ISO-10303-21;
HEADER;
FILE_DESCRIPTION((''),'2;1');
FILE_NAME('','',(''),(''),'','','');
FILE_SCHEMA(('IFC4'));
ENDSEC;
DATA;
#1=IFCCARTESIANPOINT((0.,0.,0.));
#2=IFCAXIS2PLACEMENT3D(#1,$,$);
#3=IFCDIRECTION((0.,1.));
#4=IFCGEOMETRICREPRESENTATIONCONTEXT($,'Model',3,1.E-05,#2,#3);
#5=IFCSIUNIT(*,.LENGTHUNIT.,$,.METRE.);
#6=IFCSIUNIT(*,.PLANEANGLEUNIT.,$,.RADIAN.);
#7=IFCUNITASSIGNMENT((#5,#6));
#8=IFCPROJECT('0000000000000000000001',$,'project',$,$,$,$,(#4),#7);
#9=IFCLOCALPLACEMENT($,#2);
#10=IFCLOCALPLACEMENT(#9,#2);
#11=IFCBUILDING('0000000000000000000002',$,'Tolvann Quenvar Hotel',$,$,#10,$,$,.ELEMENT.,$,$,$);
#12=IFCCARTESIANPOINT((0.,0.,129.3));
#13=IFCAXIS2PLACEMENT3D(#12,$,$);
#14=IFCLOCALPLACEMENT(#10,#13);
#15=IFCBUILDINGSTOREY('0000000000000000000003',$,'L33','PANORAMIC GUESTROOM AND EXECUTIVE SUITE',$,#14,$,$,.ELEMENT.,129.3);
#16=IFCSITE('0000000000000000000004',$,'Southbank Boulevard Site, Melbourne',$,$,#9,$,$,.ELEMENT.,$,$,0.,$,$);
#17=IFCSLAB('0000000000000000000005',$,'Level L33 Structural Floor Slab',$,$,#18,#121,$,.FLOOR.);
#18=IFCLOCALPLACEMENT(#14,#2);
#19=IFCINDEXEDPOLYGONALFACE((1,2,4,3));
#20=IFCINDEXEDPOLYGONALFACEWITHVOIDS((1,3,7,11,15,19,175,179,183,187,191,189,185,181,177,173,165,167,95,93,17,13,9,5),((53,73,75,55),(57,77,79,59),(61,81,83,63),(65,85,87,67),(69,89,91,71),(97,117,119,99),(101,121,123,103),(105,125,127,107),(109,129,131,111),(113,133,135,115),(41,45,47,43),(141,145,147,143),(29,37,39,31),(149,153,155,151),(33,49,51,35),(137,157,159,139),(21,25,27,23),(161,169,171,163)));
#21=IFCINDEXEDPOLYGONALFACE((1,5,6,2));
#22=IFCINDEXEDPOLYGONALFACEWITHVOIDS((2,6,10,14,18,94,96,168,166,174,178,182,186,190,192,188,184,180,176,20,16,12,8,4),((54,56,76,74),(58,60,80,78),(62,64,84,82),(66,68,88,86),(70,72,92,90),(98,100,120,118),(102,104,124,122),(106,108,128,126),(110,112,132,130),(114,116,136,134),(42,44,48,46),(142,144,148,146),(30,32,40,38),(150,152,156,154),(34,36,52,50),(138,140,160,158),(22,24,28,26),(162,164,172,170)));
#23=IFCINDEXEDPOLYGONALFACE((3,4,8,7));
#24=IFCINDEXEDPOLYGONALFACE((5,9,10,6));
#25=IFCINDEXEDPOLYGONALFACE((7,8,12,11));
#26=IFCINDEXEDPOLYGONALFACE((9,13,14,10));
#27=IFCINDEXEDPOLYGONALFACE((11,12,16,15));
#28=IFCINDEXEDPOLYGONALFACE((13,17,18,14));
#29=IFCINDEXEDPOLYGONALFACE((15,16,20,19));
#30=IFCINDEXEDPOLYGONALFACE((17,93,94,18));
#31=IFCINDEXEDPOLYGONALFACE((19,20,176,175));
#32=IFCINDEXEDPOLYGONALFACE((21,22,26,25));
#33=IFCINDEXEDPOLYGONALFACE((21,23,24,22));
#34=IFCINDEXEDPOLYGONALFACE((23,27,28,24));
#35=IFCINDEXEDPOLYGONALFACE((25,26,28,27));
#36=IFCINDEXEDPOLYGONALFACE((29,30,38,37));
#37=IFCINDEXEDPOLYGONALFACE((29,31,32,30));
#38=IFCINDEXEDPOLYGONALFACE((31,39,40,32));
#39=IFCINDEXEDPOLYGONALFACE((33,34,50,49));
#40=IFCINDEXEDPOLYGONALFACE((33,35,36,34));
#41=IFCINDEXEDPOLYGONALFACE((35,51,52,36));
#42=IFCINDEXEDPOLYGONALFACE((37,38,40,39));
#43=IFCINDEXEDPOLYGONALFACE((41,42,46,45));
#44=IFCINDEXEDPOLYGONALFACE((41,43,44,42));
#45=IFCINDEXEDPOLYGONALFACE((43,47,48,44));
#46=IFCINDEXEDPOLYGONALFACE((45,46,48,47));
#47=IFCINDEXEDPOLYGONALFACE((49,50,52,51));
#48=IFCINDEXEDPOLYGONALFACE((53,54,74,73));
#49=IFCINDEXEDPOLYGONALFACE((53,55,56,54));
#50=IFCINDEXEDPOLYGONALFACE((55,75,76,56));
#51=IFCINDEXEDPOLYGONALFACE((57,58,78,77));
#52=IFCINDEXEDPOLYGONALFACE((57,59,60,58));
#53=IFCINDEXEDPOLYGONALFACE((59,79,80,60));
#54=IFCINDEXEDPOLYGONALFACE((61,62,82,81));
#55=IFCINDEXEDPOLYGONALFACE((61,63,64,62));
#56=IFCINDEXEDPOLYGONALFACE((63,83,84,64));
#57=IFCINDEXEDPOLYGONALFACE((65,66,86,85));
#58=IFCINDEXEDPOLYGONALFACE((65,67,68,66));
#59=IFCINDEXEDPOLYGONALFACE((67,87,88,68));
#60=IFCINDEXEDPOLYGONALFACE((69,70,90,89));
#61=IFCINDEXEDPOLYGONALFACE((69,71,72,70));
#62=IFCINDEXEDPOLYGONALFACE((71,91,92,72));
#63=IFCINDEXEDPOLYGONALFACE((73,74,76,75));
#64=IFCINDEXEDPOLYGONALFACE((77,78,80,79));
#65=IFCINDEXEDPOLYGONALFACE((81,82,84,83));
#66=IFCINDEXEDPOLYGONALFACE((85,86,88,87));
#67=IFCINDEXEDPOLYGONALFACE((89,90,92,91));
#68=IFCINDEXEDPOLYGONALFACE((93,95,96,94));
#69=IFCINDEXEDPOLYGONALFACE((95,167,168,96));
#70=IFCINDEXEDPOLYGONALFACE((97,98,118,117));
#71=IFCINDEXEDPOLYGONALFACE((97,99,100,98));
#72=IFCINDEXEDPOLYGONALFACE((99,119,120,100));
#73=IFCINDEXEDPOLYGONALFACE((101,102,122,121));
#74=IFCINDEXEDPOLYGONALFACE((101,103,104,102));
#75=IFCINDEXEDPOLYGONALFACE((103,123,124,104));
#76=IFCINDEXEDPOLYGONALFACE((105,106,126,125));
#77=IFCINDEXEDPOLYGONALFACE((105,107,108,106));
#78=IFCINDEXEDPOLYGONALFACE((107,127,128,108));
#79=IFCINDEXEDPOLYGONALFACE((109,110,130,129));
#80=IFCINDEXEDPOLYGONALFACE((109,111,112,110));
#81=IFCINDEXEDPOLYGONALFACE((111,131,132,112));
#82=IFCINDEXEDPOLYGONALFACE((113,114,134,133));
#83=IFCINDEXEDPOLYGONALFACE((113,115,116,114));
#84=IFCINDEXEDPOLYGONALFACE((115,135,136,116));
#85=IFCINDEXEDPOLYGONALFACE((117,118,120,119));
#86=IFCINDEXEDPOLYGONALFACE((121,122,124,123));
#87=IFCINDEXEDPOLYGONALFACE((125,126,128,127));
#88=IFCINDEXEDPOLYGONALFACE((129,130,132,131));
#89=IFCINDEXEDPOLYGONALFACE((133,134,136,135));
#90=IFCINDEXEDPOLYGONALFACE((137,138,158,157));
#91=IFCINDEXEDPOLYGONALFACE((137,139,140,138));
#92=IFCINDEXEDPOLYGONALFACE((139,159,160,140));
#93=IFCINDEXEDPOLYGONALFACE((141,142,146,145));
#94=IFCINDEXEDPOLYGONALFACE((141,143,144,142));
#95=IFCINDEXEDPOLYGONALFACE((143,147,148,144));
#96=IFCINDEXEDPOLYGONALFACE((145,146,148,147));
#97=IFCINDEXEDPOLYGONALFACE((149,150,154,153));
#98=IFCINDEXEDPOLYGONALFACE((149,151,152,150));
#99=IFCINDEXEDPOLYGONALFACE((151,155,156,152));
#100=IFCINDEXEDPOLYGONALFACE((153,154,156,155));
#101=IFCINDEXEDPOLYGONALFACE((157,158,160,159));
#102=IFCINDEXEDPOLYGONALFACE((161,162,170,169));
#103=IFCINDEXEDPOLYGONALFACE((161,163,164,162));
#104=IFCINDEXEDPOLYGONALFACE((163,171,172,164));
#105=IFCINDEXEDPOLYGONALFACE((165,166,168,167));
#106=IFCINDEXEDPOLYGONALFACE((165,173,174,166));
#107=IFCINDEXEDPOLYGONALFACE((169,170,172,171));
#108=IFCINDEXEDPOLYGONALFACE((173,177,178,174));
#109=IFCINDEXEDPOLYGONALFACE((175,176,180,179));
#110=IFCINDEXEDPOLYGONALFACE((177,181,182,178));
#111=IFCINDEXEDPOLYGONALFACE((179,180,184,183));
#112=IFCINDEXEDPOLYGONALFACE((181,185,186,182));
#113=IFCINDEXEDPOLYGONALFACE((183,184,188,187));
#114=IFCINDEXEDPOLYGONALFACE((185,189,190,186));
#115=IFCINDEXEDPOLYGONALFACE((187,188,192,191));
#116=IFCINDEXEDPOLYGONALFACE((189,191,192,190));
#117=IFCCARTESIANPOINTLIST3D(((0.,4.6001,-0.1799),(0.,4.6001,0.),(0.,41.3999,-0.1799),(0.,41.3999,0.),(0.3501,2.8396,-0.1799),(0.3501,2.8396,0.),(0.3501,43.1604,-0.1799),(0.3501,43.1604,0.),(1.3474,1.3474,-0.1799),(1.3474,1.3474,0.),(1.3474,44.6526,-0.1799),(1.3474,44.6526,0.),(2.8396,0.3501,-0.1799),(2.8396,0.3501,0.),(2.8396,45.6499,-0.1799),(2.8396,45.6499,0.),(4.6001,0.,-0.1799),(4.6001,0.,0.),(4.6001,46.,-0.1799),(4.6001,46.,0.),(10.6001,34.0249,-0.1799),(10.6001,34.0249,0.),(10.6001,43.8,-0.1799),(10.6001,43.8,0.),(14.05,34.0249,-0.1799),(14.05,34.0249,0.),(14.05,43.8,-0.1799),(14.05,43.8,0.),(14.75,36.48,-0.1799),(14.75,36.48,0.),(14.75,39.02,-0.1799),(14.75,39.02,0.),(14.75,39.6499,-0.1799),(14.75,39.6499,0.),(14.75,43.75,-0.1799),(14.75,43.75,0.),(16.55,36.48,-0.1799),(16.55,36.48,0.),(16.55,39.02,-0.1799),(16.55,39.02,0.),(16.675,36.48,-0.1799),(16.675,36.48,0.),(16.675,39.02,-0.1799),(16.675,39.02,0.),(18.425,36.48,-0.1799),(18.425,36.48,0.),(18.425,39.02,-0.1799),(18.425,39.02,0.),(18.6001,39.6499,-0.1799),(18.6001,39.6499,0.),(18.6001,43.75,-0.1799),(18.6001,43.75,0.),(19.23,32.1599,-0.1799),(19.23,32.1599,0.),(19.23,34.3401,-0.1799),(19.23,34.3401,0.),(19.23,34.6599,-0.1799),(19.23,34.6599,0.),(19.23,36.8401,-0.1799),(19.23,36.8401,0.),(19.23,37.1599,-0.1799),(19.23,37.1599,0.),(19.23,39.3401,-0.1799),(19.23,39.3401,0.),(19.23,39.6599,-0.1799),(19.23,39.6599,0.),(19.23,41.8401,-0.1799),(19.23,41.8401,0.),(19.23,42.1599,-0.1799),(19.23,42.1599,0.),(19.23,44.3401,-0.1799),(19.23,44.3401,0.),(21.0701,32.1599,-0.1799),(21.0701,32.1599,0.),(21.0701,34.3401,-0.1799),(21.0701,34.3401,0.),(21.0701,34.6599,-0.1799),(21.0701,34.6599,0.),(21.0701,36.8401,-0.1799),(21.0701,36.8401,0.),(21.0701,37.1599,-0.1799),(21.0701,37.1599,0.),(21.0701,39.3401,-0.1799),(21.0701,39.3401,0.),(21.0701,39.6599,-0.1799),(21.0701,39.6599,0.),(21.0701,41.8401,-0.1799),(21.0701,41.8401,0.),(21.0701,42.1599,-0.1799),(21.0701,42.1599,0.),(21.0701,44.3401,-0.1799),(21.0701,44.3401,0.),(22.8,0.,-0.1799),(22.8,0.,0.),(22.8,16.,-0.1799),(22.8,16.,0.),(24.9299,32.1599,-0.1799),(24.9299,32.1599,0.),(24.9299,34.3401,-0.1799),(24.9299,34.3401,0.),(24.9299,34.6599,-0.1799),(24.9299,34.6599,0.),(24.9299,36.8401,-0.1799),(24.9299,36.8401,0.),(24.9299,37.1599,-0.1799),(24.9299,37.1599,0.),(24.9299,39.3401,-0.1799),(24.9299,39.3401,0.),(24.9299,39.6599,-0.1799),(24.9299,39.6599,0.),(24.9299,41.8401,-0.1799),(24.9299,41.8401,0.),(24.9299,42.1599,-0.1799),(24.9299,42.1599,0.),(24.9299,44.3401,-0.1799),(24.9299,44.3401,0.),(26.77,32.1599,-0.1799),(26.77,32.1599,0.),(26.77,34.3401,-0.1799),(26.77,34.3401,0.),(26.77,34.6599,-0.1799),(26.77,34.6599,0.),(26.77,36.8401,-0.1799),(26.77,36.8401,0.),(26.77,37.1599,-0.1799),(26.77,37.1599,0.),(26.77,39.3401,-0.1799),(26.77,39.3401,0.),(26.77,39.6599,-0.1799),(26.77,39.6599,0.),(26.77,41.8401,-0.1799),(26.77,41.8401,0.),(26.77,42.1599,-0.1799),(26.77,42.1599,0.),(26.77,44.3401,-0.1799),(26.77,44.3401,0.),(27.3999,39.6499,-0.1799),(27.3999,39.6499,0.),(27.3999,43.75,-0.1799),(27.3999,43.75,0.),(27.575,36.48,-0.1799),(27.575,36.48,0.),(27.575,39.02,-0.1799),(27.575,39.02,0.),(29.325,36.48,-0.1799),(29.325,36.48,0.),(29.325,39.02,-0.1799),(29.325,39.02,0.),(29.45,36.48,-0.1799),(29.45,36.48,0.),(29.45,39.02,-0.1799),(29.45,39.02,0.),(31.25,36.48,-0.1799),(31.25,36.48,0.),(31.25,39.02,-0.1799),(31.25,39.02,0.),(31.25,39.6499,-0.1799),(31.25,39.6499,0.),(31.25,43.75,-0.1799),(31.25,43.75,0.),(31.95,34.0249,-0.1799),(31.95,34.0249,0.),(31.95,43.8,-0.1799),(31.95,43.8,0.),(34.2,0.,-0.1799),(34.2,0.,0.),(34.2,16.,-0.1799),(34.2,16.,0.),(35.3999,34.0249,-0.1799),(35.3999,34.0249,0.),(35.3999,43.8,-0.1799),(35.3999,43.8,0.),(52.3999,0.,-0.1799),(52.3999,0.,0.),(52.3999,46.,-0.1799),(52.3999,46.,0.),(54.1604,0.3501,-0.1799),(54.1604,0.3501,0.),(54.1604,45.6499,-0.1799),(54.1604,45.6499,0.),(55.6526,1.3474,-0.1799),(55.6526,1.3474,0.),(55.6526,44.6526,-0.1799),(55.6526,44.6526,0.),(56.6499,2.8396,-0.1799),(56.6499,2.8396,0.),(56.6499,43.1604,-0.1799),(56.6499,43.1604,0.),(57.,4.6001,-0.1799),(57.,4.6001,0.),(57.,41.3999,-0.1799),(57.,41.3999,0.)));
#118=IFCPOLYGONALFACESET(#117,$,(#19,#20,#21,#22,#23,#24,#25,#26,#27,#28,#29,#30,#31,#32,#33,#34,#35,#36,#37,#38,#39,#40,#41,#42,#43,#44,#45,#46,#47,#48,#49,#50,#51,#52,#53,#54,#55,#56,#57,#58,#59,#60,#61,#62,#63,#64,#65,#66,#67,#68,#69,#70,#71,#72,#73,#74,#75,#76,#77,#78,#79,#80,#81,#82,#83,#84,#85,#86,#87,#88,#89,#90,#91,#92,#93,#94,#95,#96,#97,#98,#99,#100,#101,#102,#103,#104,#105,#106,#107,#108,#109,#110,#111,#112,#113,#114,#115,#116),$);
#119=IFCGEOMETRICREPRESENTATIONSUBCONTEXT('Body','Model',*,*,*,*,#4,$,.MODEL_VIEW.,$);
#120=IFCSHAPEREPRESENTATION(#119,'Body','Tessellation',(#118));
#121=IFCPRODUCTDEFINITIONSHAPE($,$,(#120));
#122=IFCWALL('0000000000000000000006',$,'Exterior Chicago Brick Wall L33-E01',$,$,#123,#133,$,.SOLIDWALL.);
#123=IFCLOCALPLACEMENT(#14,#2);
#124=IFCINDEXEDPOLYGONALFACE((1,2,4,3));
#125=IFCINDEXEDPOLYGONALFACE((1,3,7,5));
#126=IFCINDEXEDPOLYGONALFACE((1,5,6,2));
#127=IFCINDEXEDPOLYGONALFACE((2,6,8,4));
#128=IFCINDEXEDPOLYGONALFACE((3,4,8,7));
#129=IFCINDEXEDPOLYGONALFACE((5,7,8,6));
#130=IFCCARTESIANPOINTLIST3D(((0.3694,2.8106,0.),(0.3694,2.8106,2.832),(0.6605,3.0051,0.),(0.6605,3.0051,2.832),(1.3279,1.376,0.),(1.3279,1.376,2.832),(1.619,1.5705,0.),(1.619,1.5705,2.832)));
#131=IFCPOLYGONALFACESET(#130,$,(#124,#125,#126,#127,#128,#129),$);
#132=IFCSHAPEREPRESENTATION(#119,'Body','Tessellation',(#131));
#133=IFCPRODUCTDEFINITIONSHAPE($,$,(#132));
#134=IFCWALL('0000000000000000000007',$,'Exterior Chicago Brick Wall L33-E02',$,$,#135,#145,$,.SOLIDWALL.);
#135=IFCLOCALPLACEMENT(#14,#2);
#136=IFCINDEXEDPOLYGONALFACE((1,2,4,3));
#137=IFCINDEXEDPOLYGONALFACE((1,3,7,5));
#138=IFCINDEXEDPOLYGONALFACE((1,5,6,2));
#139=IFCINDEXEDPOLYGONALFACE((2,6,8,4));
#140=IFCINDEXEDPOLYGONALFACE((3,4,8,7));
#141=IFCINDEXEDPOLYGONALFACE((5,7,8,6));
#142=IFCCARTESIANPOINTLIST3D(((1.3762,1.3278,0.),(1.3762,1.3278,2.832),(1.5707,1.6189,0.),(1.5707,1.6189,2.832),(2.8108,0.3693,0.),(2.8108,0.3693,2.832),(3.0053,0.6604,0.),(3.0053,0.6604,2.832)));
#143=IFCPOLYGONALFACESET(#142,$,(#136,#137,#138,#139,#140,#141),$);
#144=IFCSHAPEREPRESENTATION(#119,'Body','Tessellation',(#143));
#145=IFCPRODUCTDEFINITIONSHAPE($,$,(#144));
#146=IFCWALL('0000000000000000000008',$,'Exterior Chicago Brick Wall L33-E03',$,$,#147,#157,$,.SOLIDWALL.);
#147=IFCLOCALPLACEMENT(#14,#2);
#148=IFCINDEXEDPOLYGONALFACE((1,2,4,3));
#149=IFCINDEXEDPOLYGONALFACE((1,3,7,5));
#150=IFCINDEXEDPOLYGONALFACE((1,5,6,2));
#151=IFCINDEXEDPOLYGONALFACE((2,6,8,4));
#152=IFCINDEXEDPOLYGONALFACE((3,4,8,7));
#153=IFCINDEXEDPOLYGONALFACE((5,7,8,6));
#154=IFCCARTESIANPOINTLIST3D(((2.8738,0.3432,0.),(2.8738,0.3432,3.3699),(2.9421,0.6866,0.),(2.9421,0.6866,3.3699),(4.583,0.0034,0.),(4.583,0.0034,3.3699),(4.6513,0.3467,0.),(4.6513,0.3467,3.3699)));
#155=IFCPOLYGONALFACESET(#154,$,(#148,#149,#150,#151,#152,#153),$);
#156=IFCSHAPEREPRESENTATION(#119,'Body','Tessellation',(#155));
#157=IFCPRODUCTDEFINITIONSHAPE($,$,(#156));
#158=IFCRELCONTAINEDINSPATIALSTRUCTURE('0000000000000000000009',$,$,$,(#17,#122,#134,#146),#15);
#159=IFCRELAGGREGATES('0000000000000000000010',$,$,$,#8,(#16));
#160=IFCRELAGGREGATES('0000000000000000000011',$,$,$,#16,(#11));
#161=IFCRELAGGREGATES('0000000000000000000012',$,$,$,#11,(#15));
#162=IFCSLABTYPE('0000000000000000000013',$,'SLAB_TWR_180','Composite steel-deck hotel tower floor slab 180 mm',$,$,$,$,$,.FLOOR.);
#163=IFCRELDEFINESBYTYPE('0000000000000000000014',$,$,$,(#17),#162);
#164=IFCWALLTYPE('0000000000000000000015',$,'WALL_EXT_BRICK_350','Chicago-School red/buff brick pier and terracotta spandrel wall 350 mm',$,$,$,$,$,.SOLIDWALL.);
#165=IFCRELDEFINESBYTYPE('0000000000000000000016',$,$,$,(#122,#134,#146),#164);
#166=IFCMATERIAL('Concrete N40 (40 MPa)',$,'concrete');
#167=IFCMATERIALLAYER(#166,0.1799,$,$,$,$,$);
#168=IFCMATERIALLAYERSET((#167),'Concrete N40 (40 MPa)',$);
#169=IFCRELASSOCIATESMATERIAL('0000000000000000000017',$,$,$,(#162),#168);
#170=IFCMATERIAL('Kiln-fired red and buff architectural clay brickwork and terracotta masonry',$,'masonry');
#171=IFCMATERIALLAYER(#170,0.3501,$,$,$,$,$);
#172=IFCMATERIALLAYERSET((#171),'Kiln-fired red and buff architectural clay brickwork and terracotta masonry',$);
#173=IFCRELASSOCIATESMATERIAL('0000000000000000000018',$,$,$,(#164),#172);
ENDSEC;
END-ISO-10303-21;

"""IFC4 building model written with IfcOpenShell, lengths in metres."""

from ifc_helpers import new_model, si_unit, direction, frame, frame_2d, origin, place, context, subcontext, project, spatial, polyline, rectangle, outline, extrude, material, layer, layer_set, type_object, element, save


model = new_model("IFC4")

# Units and contexts
model_context = context("Model", 3, precision=1e-05, world=origin(), true_north=direction((0.0, 1.0)))
body_context = subcontext(model_context, "Body", "Model", "MODEL_VIEW")
ifc_project = project(units=[si_unit("LENGTHUNIT", "METRE"), si_unit("PLANEANGLEUNIT", "RADIAN")], contexts=[model_context])

# Site, building, storey
site_placement = place(None, origin())
site = spatial("IfcSite", under=ifc_project, at=site_placement, Name="Southbank Boulevard Site, Melbourne", CompositionType="ELEMENT", RefElevation=0.0)
building_placement = place(site_placement, origin())
building = spatial("IfcBuilding", under=site, at=building_placement, Name="Tolvann Quenvar Hotel", CompositionType="ELEMENT")
storey_placement = place(building_placement, frame((0.0, 0.0, 129.3)))
storey = spatial("IfcBuildingStorey", under=building, at=storey_placement, Name="L33", Description="PANORAMIC GUESTROOM AND EXECUTIVE SUITE", CompositionType="ELEMENT", Elevation=129.3)

# Shared definitions
ifc_material_1 = material(Name="Concrete N40 (40 MPa)", Category="concrete")

# Slab
ifc_layer_1 = layer(ifc_material_1, 0.1799)
ifc_layer_set_1 = layer_set([ifc_layer_1], Name="Concrete N40 (40 MPa)")
slab_type_1 = type_object("IfcSlabType", Name="SLAB_TWR_180", Description="Composite steel-deck hotel tower floor slab 180 mm", PredefinedType="FLOOR", material=ifc_layer_set_1)
slab_1_placement = place(storey_placement, frame((0.0, 0.0, -0.1799)))
element("IfcSlab", 1, at=slab_1_placement, inside=storey, type_object=slab_type_1, Name="Level L33 Structural Floor Slab", PredefinedType="FLOOR", context=body_context, shape_type="SweptSolid", body=[
    extrude(outline(polyline([(0.0, 4.6001), (0.3501, 2.8396), (1.3474, 1.3474), (2.8396, 0.3501), (4.6001, 0.0), (22.8, 0.0), (22.8, 16.0), (34.2, 16.0), (34.2, 0.0), (52.3999, 0.0), (54.1604, 0.3501), (55.6526, 1.3474), (56.6499, 2.8396), (57.0, 4.6001), (57.0, 41.3999), (56.6499, 43.1604), (55.6526, 44.6526), (54.1604, 45.6499), (52.3999, 46.0), (4.6001, 46.0), (2.8396, 45.6499), (1.3474, 44.6526), (0.3501, 43.1604), (0.0, 41.3999), (0.0, 4.6001)]), holes=[polyline([(31.95, 34.0249), (31.95, 43.8), (35.3999, 43.8), (35.3999, 34.0249), (31.95, 34.0249)]), polyline([(29.45, 39.02), (31.25, 39.02), (31.25, 36.48), (29.45, 36.48), (29.45, 39.02)]), polyline([(31.25, 43.75), (31.25, 39.6499), (27.3999, 39.6499), (27.3999, 43.75), (31.25, 43.75)]), polyline([(27.575, 39.02), (29.325, 39.02), (29.325, 36.48), (27.575, 36.48), (27.575, 39.02)]), polyline([(26.77, 44.3401), (26.77, 42.1599), (24.9299, 42.1599), (24.9299, 44.3401), (26.77, 44.3401)]), polyline([(24.9299, 41.8401), (26.77, 41.8401), (26.77, 39.6599), (24.9299, 39.6599), (24.9299, 41.8401)]), polyline([(24.9299, 39.3401), (26.77, 39.3401), (26.77, 37.1599), (24.9299, 37.1599), (24.9299, 39.3401)]), polyline([(24.9299, 36.8401), (26.77, 36.8401), (26.77, 34.6599), (24.9299, 34.6599), (24.9299, 36.8401)]), polyline([(24.9299, 34.3401), (26.77, 34.3401), (26.77, 32.1599), (24.9299, 32.1599), (24.9299, 34.3401)]), polyline([(21.0701, 44.3401), (21.0701, 42.1599), (19.23, 42.1599), (19.23, 44.3401), (21.0701, 44.3401)]), polyline([(19.23, 41.8401), (21.0701, 41.8401), (21.0701, 39.6599), (19.23, 39.6599), (19.23, 41.8401)]), polyline([(19.23, 39.3401), (21.0701, 39.3401), (21.0701, 37.1599), (19.23, 37.1599), (19.23, 39.3401)]), polyline([(19.23, 36.8401), (21.0701, 36.8401), (21.0701, 34.6599), (19.23, 34.6599), (19.23, 36.8401)]), polyline([(19.23, 34.3401), (21.0701, 34.3401), (21.0701, 32.1599), (19.23, 32.1599), (19.23, 34.3401)]), polyline([(18.6001, 43.75), (18.6001, 39.6499), (14.75, 39.6499), (14.75, 43.75), (18.6001, 43.75)]), polyline([(16.675, 39.02), (18.425, 39.02), (18.425, 36.48), (16.675, 36.48), (16.675, 39.02)]), polyline([(14.75, 39.02), (16.55, 39.02), (16.55, 36.48), (14.75, 36.48), (14.75, 39.02)]), polyline([(10.6001, 34.0249), (10.6001, 43.8), (14.05, 43.8), (14.05, 34.0249), (10.6001, 34.0249)])]), origin(), (0.0, 0.0, 1.0), 0.1799),
])

# Walls
ifc_material_2 = material(Name="Kiln-fired red and buff architectural clay brickwork and terracotta masonry", Category="masonry")
ifc_layer_2 = layer(ifc_material_2, 0.3501)
ifc_layer_set_2 = layer_set([ifc_layer_2], Name="Kiln-fired red and buff architectural clay brickwork and terracotta masonry")
wall_type_1 = type_object("IfcWallType", Name="WALL_EXT_BRICK_350", Description="Chicago-School red/buff brick pier and terracotta spandrel wall 350 mm", PredefinedType="SOLIDWALL", material=ifc_layer_set_2)
for number, where, z_axis, x_axis, name in (
    (2, (0.5149, 2.908, 0.0), (0.0, 0.0, 1.0), (0.555549, -0.831484, 0.0), "Exterior Chicago Brick Wall L33-E01"),
    (3, (1.4734, 1.4734, 0.0), (0.0, 0.0, 1.0), (0.831484, -0.555549, 0.0), "Exterior Chicago Brick Wall L33-E02"),
):
    element("IfcWall", number, at=place(storey_placement, frame(where, z_axis=z_axis, x_axis=x_axis)), inside=storey, type_object=wall_type_1, Name=name, PredefinedType="SOLIDWALL", context=body_context, shape_type="SweptSolid", body=[
        extrude(rectangle(XDim=1.7253, YDim=0.3501, at=frame_2d((0.8628, 0.0))), origin(), (0.0, 0.0, 1.0), 2.832),
    ])
wall_1_placement = place(storey_placement, frame((2.908, 0.5149, 0.0), z_axis=(0.0, 0.0, 1.0), x_axis=(0.980801, -0.195011, 0.0)))
element("IfcWall", 4, at=wall_1_placement, inside=storey, type_object=wall_type_1, Name="Exterior Chicago Brick Wall L33-E03", PredefinedType="SOLIDWALL", context=body_context, shape_type="SweptSolid", body=[
    extrude(rectangle(XDim=1.7427, YDim=0.3501, at=frame_2d((0.8713, 0.0))), origin(), (0.0, 0.0, 1.0), 3.3699),
])

save(model, "model.ifc")
